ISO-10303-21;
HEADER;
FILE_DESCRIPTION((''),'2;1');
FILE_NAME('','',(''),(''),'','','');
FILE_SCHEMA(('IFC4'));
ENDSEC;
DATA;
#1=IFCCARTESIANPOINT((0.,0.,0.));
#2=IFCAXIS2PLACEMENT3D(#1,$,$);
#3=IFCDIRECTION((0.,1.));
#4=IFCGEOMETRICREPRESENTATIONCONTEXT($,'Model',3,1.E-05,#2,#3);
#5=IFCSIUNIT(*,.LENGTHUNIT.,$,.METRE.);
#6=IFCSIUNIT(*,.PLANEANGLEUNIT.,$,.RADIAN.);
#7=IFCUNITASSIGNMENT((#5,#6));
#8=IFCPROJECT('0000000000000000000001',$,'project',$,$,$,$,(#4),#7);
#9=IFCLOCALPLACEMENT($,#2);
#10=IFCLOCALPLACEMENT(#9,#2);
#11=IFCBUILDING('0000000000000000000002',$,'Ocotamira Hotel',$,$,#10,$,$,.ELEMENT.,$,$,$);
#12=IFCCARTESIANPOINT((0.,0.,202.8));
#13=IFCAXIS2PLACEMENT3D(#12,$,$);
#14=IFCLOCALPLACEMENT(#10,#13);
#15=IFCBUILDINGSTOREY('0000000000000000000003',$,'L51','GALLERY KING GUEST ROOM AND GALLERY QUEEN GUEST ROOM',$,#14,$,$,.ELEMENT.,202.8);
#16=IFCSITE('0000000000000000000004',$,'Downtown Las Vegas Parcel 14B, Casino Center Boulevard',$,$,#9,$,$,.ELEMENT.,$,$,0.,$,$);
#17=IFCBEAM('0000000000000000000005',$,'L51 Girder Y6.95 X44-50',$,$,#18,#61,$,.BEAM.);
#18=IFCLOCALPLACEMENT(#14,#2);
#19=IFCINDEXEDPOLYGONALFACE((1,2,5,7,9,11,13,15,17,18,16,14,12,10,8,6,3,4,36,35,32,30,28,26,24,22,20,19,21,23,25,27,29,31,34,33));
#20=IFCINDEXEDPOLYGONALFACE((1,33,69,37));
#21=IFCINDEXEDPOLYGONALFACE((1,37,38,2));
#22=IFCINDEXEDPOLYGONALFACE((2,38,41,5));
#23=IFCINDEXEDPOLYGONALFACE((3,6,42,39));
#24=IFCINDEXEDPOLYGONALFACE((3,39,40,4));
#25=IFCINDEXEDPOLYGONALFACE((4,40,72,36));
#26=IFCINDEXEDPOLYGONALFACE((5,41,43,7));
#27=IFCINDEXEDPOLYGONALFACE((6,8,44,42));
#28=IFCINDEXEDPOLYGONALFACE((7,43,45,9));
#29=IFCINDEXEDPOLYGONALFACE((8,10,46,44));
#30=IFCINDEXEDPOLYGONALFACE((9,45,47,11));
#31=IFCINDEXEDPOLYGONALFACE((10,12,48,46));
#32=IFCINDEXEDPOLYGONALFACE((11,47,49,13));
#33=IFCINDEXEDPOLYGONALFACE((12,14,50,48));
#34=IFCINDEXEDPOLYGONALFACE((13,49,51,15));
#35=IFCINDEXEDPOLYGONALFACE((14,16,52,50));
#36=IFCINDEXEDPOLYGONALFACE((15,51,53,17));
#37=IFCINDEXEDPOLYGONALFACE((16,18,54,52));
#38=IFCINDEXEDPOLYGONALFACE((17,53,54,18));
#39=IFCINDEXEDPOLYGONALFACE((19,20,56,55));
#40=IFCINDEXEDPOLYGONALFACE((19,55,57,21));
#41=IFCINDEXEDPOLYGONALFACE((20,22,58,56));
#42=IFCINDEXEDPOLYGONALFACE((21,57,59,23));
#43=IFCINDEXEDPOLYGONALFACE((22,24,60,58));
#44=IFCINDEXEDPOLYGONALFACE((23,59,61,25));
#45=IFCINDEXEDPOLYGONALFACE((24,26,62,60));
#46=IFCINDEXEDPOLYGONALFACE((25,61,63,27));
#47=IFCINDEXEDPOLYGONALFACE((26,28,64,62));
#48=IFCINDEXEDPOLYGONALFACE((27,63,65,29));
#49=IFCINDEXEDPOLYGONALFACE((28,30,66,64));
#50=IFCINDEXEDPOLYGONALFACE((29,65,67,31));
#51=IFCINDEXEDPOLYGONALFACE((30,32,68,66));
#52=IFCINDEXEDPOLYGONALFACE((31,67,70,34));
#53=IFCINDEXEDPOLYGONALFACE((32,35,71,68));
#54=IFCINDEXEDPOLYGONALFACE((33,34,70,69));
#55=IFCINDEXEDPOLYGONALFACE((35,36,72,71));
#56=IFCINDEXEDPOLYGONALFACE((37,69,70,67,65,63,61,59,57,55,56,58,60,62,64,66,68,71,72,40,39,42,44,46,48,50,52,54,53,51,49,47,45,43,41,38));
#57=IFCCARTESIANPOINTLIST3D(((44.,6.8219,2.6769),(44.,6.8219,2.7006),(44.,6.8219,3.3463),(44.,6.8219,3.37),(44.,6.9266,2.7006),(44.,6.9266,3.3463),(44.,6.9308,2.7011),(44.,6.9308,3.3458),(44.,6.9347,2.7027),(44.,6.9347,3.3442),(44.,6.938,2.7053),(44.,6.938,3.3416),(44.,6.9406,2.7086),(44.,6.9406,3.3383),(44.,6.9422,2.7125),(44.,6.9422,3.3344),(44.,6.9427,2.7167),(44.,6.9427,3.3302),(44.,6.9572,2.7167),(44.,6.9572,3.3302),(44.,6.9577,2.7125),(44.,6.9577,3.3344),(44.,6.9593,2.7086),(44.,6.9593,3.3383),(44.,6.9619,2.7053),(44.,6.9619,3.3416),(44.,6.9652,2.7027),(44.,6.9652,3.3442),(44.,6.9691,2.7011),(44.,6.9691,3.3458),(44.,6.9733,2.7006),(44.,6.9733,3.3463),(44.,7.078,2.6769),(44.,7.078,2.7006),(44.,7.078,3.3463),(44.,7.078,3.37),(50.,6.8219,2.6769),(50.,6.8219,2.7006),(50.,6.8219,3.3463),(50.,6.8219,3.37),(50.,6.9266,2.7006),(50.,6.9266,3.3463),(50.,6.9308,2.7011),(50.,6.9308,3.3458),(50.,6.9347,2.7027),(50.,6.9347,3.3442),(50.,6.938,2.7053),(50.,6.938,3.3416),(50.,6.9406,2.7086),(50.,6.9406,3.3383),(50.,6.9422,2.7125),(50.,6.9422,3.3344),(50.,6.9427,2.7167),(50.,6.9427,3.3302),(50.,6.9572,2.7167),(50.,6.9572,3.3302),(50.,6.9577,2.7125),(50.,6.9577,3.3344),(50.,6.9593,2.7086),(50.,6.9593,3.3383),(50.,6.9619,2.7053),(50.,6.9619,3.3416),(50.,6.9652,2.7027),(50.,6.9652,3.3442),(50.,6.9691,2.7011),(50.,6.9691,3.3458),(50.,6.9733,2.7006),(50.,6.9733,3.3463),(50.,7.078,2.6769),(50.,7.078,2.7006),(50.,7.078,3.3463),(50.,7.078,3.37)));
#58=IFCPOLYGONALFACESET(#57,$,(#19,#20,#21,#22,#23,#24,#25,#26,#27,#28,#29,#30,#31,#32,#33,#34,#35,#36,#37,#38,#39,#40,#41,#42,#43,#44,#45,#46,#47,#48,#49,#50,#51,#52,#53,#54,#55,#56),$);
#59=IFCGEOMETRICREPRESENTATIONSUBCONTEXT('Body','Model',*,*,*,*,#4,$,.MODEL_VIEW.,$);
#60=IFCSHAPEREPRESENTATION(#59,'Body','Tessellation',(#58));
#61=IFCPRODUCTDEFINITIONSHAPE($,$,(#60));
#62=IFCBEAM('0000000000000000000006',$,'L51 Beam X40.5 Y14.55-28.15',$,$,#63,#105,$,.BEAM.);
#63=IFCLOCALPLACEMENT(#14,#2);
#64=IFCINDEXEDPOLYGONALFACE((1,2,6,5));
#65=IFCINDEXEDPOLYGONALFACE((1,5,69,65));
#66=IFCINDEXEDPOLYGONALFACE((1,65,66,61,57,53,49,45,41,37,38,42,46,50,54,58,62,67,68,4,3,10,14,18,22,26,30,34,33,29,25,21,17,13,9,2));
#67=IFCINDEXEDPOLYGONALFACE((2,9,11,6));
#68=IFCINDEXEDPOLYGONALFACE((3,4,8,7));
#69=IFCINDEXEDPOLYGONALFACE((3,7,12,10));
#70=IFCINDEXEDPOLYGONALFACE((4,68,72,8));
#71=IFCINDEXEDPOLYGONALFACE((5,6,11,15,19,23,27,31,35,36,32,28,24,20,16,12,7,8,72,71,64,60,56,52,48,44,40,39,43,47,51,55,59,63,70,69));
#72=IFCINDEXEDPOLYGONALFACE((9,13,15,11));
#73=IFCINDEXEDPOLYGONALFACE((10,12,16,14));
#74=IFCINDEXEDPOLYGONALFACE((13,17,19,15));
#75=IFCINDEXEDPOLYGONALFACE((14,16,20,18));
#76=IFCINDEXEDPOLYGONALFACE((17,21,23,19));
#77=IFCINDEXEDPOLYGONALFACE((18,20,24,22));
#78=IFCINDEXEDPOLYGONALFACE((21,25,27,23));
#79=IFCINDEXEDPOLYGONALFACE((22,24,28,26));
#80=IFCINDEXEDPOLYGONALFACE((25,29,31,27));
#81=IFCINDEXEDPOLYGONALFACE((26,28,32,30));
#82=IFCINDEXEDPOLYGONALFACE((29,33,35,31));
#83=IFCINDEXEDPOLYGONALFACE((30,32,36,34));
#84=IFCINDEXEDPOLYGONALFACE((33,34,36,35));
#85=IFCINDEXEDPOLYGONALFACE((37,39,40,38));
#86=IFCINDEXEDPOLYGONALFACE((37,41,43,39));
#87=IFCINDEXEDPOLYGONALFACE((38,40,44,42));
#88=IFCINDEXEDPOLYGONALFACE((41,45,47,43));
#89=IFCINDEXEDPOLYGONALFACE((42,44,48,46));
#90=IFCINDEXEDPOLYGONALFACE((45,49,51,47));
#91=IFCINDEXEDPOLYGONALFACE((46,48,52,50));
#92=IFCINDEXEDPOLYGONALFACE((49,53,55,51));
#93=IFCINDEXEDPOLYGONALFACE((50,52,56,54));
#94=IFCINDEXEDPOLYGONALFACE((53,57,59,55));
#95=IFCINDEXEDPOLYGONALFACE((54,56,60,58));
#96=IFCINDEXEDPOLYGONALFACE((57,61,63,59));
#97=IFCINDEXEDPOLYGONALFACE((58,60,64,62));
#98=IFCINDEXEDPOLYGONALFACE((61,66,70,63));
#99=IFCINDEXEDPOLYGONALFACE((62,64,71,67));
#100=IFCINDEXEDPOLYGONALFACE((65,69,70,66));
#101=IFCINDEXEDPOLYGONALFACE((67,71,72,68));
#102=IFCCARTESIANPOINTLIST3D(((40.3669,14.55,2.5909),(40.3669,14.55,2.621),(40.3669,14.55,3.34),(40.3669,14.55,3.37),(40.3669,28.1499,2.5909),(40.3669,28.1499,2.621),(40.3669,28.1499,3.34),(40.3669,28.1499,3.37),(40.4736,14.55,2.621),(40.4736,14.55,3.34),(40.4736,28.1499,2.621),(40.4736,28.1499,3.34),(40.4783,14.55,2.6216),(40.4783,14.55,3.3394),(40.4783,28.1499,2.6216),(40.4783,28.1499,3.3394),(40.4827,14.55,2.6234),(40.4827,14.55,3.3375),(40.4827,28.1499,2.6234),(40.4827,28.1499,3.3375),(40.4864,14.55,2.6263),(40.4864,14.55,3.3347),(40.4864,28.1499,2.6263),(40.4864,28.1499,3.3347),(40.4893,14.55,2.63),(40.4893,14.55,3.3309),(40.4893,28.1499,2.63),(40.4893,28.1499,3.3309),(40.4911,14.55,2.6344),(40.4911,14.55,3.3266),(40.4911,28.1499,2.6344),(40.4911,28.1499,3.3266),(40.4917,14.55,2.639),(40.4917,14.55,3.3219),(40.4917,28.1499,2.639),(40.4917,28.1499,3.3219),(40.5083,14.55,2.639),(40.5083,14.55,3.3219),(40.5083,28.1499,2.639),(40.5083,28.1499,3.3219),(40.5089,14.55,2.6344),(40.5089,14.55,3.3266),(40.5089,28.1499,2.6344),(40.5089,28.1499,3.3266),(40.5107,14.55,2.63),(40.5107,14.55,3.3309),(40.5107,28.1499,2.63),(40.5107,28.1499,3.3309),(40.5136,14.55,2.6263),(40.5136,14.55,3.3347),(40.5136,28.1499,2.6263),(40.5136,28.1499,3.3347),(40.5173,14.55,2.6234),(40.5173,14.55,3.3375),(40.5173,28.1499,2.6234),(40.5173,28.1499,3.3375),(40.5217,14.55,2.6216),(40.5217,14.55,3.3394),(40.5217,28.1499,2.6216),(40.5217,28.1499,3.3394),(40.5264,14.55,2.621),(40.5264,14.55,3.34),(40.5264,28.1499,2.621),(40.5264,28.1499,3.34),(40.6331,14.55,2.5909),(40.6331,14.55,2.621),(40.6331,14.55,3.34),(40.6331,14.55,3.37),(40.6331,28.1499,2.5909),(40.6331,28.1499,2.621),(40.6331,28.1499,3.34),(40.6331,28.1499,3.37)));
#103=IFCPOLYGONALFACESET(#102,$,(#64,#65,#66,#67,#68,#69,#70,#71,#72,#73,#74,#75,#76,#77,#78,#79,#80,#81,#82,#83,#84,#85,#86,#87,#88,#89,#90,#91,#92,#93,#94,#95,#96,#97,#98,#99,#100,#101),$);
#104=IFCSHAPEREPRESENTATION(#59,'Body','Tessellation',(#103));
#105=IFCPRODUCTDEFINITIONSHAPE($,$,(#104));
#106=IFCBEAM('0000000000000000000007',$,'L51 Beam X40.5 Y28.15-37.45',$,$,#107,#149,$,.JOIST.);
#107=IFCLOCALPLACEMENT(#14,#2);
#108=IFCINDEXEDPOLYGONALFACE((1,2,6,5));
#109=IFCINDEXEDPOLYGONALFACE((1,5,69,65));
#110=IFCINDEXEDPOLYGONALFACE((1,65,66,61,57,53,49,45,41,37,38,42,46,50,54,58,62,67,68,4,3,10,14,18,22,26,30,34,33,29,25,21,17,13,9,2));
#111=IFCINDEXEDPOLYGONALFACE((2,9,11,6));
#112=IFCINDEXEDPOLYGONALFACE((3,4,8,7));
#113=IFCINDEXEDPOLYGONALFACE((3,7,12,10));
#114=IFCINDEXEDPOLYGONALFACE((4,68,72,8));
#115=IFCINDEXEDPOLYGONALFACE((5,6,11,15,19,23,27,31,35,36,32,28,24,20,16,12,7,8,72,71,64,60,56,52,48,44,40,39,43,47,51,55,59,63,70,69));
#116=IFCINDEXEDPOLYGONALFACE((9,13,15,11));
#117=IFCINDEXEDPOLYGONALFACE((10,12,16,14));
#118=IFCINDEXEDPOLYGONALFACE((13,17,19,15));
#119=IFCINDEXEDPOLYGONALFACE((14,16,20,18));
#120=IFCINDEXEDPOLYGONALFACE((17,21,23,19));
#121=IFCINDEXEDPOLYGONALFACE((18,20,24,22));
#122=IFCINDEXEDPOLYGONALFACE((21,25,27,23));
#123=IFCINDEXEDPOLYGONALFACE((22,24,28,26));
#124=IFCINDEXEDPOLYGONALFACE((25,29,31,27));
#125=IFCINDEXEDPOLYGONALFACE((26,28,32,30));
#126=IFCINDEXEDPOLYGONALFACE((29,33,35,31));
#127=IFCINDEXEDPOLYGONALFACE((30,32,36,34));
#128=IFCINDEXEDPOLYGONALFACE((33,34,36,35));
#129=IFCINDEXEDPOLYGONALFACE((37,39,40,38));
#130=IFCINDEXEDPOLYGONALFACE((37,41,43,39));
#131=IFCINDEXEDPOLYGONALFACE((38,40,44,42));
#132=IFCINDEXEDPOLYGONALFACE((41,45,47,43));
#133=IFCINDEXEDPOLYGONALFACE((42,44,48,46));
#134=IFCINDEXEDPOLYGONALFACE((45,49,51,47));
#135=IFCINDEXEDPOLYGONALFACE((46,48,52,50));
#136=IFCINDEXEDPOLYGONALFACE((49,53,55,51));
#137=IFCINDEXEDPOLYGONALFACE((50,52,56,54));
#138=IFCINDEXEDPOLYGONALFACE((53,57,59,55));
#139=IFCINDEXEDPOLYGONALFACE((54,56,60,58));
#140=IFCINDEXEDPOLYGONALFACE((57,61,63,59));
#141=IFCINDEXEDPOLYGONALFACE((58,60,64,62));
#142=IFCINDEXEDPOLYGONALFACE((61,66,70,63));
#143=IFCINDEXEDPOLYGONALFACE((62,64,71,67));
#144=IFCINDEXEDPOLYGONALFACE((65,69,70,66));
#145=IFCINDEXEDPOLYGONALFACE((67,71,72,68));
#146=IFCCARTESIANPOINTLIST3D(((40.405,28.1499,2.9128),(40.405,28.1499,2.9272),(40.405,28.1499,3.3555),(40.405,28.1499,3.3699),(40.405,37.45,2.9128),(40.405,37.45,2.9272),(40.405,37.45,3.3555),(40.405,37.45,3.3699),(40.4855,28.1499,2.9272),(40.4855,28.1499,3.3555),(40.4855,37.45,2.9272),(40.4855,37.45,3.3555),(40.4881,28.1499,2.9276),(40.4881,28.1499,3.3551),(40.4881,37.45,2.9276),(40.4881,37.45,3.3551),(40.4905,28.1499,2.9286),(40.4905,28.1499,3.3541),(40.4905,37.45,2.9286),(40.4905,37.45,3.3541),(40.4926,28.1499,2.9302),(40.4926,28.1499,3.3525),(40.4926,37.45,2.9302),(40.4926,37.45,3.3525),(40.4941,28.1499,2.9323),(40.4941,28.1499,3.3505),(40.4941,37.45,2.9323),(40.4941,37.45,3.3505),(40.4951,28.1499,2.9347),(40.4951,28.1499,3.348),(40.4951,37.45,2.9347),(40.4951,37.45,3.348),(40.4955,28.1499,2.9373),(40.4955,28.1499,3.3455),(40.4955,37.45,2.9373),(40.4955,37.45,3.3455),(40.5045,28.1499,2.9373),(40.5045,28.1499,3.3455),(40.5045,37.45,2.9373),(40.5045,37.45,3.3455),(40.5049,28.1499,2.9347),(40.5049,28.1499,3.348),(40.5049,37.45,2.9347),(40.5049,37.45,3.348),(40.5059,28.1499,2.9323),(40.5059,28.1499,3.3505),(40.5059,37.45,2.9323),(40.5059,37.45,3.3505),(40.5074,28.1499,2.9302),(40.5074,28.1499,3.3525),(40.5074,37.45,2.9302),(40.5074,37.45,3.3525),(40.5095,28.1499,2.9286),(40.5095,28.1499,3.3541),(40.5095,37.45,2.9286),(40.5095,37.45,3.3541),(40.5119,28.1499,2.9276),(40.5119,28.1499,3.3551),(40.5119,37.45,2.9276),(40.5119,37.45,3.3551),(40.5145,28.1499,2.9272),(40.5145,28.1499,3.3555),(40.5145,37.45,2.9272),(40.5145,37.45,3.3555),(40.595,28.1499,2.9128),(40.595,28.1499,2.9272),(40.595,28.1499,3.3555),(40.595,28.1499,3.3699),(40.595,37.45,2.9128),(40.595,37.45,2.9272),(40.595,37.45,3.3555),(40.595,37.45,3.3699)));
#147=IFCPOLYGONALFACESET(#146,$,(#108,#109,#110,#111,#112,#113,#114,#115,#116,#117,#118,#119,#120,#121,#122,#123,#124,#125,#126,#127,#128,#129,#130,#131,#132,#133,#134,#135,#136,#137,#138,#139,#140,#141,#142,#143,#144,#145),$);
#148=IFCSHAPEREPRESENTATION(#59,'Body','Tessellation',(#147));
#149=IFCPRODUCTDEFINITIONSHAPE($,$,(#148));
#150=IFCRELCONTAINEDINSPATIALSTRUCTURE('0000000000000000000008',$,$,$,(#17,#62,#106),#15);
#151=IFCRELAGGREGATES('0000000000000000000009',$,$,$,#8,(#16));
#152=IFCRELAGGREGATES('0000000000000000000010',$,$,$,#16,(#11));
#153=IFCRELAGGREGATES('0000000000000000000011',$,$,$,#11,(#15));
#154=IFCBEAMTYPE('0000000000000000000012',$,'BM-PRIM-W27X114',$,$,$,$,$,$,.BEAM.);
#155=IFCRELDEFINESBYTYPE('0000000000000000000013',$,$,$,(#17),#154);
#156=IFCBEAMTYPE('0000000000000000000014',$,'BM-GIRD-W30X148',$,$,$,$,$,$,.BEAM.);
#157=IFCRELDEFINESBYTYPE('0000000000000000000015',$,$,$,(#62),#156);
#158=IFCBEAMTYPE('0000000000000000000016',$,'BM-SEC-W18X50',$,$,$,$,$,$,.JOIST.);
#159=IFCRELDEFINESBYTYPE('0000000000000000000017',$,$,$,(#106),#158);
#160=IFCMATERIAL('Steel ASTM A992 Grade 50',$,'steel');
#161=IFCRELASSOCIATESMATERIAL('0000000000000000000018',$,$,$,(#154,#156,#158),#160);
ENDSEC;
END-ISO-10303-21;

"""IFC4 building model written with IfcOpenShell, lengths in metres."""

from ifc_helpers import new_model, si_unit, direction, frame, origin, origin_2d, place, context, subcontext, project, spatial, i_section, extrude, source, transform, mapped, material, material_profile, profile_set, type_object, element, save


model = new_model("IFC4")

# Units and contexts
model_context = context("Model", 3, precision=1e-05, world=origin(), true_north=direction((0.0, 1.0)))
body_context = subcontext(model_context, "Body", "Model", "MODEL_VIEW")
ifc_project = project(units=[si_unit("LENGTHUNIT", "METRE"), si_unit("PLANEANGLEUNIT", "RADIAN")], contexts=[model_context])

# Site, building, storey
site_placement = place(None, origin())
site = spatial("IfcSite", under=ifc_project, at=site_placement, Name="Downtown Las Vegas Parcel 14B, Casino Center Boulevard", CompositionType="ELEMENT", RefElevation=0.0)
building_placement = place(site_placement, origin())
building = spatial("IfcBuilding", under=site, at=building_placement, Name="Ocotamira Hotel", CompositionType="ELEMENT")
storey_placement = place(building_placement, frame((0.0, 0.0, 202.8)))
storey = spatial("IfcBuildingStorey", under=building, at=storey_placement, Name="L51", Description="GALLERY KING GUEST ROOM AND GALLERY QUEEN GUEST ROOM", CompositionType="ELEMENT", Elevation=202.8)

# Beams
ifc_material_1 = material(Name="Steel ASTM A992 Grade 50", Category="steel")
ifc_material_profile_1 = material_profile(ifc_material_1, i_section(OverallWidth=0.2561, OverallDepth=0.6931, WebThickness=0.0144, FlangeThickness=0.0237, FilletRadius=0.0161, at=origin_2d()), Name="W27X114")
ifc_profile_set_1 = profile_set([ifc_material_profile_1], Name="Steel ASTM A992 Grade 50")
beam_type_1 = type_object("IfcBeamType", Name="BM-PRIM-W27X114", PredefinedType="BEAM", material=ifc_profile_set_1)
shared_shape_1 = source(origin(), body_context, "Body", "SweptSolid", [
    extrude(i_section(OverallWidth=0.2561, OverallDepth=0.6931, WebThickness=0.0144, FlangeThickness=0.0237, FilletRadius=0.0161, at=origin_2d()), origin(), (0.0, 0.0, 1.0), 6.0),
])
beam_1_placement = place(storey_placement, frame((44.0, 6.95, 3.0234), z_axis=(1.0, 0.0, 0.0), x_axis=(0.0, 1.0, 0.0)))
element("IfcBeam", 1, at=beam_1_placement, inside=storey, type_object=beam_type_1, Name="L51 Girder Y6.95 X44-50", PredefinedType="BEAM", context=body_context, shape_type="MappedRepresentation", body=[
    mapped(shared_shape_1, transform((0.0, 0.0, 0.0), scale=1.0)),
])
ifc_material_profile_2 = material_profile(ifc_material_1, i_section(OverallWidth=0.2661, OverallDepth=0.7791, WebThickness=0.0166, FlangeThickness=0.03, FilletRadius=0.0181, at=origin_2d()), Name="W30X148")
ifc_profile_set_2 = profile_set([ifc_material_profile_2], Name="Steel ASTM A992 Grade 50")
beam_type_2 = type_object("IfcBeamType", Name="BM-GIRD-W30X148", PredefinedType="BEAM", material=ifc_profile_set_2)
shared_shape_2 = source(origin(), body_context, "Body", "SweptSolid", [
    extrude(i_section(OverallWidth=0.2661, OverallDepth=0.7791, WebThickness=0.0166, FlangeThickness=0.03, FilletRadius=0.0181, at=origin_2d()), origin(), (0.0, 0.0, 1.0), 13.5999),
])
beam_2_placement = place(storey_placement, frame((40.5, 14.55, 2.9805), z_axis=(0.0, 1.0, 0.0), x_axis=(-1.0, 0.0, 0.0)))
element("IfcBeam", 2, at=beam_2_placement, inside=storey, type_object=beam_type_2, Name="L51 Beam X40.5 Y14.55-28.15", PredefinedType="BEAM", context=body_context, shape_type="MappedRepresentation", body=[
    mapped(shared_shape_2, transform((0.0, 0.0, 0.0), scale=1.0)),
])
ifc_material_profile_3 = material_profile(ifc_material_1, i_section(OverallWidth=0.1899, OverallDepth=0.457, WebThickness=0.009, FlangeThickness=0.0144, FilletRadius=0.01, at=origin_2d()), Name="W18X50")
ifc_profile_set_3 = profile_set([ifc_material_profile_3], Name="Steel ASTM A992 Grade 50")
beam_type_3 = type_object("IfcBeamType", Name="BM-SEC-W18X50", PredefinedType="JOIST", material=ifc_profile_set_3)
shared_shape_3 = source(origin(), body_context, "Body", "SweptSolid", [
    extrude(i_section(OverallWidth=0.1899, OverallDepth=0.457, WebThickness=0.009, FlangeThickness=0.0144, FilletRadius=0.01, at=origin_2d()), origin(), (0.0, 0.0, 1.0), 9.3),
])
beam_3_placement = place(storey_placement, frame((40.5, 28.1499, 3.1414), z_axis=(0.0, 1.0, 0.0), x_axis=(-1.0, 0.0, 0.0)))
element("IfcBeam", 3, at=beam_3_placement, inside=storey, type_object=beam_type_3, Name="L51 Beam X40.5 Y28.15-37.45", PredefinedType="JOIST", context=body_context, shape_type="MappedRepresentation", body=[
    mapped(shared_shape_3, transform((0.0, 0.0, 0.0), scale=1.0)),
])

save(model, "model.ifc")
